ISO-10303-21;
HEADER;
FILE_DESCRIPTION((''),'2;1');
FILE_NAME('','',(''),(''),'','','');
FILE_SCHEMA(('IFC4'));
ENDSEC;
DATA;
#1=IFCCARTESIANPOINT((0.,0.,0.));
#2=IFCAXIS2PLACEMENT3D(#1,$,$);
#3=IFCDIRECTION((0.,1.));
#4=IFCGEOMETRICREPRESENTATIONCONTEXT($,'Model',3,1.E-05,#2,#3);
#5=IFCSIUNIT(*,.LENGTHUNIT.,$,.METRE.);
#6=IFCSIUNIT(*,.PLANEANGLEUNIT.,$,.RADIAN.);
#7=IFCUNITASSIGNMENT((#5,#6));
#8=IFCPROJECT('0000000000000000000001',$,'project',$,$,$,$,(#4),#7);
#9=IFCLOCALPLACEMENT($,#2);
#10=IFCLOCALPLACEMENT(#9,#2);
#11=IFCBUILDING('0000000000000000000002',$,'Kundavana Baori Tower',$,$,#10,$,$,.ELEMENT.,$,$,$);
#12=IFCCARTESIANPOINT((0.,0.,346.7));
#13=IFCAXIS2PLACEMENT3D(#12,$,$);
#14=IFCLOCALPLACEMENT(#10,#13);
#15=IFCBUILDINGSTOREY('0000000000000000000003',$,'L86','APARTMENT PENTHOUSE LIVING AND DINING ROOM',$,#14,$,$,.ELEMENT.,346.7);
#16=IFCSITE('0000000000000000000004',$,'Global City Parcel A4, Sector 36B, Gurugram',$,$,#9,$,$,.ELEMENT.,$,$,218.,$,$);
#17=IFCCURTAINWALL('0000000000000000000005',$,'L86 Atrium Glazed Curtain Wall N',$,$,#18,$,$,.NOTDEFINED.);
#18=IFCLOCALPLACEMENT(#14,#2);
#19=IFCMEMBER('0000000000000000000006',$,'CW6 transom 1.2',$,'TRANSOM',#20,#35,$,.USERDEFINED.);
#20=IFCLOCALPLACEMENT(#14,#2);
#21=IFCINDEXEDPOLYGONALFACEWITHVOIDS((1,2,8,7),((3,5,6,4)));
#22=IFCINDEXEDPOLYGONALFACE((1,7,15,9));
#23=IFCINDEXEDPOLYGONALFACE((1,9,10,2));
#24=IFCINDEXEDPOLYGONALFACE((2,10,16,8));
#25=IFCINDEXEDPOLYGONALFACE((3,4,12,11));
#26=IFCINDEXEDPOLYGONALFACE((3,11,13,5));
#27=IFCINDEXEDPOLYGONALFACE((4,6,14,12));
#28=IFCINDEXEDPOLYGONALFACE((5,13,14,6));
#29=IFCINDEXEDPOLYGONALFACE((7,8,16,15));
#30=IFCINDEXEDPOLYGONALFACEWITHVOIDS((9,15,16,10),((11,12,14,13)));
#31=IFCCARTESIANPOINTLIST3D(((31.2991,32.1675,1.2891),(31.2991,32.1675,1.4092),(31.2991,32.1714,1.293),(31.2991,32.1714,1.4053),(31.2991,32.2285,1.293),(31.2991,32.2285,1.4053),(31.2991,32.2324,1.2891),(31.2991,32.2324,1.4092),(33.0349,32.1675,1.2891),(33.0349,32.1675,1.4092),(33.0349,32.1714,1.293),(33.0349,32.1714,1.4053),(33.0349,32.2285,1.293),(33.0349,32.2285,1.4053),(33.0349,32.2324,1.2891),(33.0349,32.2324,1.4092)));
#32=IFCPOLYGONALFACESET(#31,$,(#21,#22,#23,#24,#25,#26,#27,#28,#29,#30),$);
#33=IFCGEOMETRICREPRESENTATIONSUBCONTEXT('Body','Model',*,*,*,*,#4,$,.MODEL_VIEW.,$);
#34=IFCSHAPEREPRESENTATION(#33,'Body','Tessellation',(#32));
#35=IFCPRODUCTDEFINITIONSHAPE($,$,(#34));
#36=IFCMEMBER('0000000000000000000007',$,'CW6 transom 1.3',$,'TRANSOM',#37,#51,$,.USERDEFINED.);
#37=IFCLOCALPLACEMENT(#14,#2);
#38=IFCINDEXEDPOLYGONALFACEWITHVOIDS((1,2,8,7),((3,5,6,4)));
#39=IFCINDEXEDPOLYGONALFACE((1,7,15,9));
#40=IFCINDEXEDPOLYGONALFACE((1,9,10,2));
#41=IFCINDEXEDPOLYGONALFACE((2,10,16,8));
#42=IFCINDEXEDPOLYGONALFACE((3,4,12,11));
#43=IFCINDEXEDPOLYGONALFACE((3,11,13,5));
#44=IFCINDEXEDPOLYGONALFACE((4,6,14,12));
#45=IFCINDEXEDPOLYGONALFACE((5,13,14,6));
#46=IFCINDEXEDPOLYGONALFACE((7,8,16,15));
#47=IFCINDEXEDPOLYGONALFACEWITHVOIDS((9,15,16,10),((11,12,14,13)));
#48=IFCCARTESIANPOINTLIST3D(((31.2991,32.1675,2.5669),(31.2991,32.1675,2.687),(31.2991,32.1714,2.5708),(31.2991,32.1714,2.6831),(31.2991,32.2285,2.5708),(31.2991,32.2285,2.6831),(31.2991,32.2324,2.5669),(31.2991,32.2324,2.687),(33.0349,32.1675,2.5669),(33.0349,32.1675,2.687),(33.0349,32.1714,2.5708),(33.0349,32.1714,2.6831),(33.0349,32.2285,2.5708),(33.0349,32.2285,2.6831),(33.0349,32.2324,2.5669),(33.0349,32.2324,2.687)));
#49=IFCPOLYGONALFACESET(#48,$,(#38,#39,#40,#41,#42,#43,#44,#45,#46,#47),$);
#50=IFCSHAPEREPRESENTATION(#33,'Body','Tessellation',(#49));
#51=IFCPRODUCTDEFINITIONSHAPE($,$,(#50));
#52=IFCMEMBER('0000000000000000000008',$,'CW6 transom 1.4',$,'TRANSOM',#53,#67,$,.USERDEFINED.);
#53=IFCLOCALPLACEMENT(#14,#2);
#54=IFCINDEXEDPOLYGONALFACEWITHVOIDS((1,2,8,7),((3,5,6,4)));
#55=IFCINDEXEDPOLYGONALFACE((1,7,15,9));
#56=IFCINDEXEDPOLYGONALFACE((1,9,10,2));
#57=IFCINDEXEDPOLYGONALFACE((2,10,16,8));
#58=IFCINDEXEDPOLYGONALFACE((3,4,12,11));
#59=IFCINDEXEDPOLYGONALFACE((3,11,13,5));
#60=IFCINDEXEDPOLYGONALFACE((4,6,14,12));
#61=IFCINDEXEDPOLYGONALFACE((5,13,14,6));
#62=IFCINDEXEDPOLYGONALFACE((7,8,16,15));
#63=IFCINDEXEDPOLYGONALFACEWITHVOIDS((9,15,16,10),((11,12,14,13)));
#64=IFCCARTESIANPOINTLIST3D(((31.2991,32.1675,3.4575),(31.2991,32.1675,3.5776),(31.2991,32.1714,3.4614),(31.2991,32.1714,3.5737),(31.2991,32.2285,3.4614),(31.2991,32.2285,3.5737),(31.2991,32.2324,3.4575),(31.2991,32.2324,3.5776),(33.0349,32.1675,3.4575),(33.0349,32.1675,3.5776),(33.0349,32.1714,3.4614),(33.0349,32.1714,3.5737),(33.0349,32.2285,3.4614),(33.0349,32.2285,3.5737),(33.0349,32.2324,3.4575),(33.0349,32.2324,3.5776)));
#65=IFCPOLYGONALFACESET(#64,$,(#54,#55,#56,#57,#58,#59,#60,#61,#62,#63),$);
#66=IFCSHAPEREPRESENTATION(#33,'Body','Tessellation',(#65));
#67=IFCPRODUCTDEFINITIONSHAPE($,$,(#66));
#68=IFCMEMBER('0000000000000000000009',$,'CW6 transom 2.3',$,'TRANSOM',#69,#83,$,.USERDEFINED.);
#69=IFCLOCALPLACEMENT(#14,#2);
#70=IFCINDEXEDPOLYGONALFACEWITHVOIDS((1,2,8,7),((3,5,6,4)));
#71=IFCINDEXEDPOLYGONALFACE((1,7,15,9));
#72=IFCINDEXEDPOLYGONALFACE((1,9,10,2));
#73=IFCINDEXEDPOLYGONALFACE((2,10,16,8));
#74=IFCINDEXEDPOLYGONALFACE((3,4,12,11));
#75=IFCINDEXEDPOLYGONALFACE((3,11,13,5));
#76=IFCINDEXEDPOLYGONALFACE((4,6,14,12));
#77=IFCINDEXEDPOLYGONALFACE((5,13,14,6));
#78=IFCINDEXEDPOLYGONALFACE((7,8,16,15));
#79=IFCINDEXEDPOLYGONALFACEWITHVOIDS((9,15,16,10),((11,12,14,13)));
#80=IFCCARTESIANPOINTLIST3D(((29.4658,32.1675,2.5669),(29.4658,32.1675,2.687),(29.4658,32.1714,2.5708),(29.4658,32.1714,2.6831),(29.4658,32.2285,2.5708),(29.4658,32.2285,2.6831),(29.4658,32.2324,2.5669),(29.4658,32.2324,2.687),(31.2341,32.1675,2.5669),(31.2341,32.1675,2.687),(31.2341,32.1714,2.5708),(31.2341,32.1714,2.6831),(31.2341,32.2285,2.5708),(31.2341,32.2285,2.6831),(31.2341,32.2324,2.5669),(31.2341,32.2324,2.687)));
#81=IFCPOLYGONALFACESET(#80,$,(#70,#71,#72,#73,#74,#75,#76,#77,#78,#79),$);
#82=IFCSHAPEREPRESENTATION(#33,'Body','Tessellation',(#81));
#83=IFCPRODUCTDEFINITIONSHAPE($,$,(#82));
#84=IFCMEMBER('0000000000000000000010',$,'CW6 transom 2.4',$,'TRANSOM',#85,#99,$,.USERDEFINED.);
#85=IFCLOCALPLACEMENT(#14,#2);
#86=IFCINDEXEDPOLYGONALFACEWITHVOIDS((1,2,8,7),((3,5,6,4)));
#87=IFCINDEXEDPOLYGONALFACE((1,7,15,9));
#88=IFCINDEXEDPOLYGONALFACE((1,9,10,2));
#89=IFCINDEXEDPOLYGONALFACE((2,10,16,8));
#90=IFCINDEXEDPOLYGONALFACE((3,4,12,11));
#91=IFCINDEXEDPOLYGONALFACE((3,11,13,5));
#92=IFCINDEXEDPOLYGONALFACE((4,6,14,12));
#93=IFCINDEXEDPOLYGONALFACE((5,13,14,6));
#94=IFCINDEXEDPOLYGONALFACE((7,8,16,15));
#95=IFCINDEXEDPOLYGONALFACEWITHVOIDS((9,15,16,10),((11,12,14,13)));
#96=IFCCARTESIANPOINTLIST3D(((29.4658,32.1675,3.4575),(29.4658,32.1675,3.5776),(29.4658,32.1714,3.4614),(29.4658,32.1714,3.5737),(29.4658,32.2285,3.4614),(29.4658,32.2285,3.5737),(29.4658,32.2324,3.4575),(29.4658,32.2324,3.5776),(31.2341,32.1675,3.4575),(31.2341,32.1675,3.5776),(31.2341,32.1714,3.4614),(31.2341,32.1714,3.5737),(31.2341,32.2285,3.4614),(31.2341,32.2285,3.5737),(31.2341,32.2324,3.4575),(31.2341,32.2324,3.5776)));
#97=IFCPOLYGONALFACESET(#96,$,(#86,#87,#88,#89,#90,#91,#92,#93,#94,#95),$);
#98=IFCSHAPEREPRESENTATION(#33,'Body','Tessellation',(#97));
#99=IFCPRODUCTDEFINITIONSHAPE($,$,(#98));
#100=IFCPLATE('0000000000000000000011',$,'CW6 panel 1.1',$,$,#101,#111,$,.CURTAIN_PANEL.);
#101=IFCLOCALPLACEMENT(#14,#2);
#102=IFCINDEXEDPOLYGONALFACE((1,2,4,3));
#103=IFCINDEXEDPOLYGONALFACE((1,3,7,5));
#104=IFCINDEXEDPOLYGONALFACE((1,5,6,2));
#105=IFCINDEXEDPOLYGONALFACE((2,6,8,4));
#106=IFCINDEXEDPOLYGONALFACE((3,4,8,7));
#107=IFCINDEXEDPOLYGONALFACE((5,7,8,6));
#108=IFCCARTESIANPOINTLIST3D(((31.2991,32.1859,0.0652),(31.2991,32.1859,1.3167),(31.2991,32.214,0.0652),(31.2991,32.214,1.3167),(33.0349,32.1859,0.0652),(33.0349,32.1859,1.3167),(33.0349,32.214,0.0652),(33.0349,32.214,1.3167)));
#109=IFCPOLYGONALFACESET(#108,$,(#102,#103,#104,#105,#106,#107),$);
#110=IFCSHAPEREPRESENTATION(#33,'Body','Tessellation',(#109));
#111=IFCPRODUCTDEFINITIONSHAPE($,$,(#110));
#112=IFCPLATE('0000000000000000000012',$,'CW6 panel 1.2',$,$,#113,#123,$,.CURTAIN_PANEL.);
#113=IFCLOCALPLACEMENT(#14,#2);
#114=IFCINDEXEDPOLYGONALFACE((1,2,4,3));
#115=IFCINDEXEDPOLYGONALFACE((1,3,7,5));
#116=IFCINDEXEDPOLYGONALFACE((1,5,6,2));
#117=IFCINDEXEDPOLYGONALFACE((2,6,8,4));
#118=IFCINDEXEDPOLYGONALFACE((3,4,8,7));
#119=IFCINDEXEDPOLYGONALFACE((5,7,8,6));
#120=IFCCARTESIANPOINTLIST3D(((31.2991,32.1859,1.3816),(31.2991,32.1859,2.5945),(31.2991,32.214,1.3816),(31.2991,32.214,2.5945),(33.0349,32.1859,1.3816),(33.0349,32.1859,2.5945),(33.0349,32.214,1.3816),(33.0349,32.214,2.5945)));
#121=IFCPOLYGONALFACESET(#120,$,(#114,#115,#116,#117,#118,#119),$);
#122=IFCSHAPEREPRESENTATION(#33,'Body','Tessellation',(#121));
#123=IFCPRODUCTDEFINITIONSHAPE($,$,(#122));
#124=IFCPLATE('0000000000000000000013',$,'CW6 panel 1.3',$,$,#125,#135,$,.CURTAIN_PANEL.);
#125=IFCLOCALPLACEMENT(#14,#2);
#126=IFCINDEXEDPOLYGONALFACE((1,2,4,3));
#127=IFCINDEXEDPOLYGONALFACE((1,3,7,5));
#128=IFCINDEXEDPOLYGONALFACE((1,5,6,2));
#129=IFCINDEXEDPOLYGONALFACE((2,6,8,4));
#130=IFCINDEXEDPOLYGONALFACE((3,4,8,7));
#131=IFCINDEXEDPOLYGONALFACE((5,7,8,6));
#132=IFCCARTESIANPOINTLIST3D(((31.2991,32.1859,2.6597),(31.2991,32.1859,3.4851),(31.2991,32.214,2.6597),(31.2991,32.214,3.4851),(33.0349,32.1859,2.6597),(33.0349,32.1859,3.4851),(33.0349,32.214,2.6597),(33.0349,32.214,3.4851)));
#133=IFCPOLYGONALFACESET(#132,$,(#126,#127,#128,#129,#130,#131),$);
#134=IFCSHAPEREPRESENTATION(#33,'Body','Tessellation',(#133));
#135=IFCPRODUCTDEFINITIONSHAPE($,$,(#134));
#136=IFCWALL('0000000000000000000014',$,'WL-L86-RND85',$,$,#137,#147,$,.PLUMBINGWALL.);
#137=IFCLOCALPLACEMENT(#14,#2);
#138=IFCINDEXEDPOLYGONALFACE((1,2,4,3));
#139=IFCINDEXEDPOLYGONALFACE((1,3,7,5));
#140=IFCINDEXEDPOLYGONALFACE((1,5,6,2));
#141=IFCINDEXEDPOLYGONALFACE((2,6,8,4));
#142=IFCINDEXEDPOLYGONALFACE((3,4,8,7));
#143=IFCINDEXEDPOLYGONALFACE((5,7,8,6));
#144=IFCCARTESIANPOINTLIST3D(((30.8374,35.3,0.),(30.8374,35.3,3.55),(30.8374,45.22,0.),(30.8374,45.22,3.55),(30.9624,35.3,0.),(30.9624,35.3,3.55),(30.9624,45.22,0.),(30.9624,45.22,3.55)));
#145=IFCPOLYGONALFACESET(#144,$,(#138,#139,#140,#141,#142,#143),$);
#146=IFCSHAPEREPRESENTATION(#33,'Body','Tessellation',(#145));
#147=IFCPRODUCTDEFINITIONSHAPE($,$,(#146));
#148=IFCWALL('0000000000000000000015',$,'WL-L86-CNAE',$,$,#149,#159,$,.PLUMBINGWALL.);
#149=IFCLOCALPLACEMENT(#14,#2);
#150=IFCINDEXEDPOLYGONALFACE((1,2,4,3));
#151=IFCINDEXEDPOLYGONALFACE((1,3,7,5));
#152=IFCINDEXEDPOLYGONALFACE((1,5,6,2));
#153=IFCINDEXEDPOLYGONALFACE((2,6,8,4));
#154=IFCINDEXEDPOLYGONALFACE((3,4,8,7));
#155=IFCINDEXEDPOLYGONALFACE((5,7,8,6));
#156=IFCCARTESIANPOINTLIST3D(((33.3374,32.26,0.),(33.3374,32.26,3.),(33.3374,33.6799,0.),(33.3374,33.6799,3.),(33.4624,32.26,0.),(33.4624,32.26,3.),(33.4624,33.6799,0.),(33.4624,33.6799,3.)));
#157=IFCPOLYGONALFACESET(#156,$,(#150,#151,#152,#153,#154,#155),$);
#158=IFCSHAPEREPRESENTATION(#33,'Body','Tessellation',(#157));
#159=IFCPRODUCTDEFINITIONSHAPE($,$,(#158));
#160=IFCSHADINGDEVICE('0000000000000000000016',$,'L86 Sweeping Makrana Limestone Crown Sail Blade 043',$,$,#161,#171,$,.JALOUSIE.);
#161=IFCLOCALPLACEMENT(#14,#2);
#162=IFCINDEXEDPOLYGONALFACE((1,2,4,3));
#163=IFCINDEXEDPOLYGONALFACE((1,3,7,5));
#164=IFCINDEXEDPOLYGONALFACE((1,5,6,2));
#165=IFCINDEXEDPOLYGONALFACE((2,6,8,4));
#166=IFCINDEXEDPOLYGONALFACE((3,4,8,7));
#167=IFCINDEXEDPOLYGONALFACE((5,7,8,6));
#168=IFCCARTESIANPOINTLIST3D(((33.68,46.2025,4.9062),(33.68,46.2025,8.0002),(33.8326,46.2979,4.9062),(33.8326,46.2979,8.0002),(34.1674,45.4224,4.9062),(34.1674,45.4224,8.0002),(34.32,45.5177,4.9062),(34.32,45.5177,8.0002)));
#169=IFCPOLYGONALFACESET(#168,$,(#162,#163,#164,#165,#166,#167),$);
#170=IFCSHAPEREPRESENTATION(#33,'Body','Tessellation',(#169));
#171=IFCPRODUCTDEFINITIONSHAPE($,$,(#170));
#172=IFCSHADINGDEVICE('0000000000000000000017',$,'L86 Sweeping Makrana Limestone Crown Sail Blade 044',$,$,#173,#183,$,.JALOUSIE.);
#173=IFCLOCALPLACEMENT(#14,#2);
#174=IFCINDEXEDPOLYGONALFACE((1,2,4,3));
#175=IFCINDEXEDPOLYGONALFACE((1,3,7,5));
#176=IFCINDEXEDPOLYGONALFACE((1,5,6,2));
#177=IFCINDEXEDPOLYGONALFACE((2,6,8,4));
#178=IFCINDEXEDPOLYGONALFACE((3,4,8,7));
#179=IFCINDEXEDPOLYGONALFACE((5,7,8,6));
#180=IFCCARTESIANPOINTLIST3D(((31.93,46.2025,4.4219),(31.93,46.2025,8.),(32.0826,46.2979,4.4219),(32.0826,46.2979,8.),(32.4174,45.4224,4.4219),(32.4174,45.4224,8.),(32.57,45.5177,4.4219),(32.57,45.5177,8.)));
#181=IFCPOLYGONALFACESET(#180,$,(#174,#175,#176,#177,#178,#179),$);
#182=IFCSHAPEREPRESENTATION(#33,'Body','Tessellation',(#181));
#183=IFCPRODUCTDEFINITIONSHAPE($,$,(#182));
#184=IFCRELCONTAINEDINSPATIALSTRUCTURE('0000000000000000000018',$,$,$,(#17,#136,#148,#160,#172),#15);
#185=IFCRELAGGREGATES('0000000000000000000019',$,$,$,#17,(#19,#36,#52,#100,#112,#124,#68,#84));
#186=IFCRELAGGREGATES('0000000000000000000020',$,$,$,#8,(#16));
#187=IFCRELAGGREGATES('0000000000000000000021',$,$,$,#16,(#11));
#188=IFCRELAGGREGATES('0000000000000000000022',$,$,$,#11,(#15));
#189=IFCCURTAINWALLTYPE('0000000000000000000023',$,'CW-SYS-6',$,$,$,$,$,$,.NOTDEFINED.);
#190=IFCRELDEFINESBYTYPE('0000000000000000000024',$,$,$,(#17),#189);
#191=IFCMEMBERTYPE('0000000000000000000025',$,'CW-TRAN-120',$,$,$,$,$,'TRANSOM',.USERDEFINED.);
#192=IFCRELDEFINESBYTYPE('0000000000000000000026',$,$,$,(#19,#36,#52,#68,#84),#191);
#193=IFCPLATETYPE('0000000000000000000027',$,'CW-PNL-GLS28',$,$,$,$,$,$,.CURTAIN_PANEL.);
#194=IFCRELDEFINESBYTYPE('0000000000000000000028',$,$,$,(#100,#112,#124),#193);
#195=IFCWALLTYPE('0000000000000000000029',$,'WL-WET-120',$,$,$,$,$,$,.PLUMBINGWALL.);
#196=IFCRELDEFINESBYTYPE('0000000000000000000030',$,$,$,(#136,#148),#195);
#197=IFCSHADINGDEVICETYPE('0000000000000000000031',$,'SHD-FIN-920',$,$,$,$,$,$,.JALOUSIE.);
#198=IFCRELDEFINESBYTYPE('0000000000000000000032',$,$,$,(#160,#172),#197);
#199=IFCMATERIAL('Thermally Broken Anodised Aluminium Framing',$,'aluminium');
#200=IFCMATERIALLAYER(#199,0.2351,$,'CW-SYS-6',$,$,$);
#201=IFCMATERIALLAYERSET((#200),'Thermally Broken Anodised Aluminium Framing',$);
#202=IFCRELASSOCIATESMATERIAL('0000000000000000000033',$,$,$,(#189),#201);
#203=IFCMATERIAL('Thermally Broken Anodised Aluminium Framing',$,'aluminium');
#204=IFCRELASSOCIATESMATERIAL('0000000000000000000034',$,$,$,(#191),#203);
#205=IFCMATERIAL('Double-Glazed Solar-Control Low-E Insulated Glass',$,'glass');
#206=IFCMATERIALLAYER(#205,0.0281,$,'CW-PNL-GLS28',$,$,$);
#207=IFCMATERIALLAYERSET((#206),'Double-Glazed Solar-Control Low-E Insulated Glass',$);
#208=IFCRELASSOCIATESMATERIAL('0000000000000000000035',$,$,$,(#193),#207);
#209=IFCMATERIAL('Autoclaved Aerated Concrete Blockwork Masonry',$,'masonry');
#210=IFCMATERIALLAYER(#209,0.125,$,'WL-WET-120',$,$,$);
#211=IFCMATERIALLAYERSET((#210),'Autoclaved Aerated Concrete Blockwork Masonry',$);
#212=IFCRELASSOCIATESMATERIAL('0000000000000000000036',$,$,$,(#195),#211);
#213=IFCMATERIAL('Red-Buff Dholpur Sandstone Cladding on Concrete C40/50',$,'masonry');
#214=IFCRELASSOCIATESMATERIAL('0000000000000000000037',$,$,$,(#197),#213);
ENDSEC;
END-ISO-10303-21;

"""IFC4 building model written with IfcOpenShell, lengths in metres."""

from ifc_helpers import new_model, si_unit, direction, frame, frame_2d, origin, origin_2d, place, context, subcontext, project, spatial, rectangle, hollow_rectangle, extrude, material, layer, layer_set, material_profile, profile_set, type_object, element, aggregate, save


model = new_model("IFC4")

# Units and contexts
model_context = context("Model", 3, precision=1e-05, world=origin(), true_north=direction((0.0, 1.0)))
body_context = subcontext(model_context, "Body", "Model", "MODEL_VIEW")
ifc_project = project(units=[si_unit("LENGTHUNIT", "METRE"), si_unit("PLANEANGLEUNIT", "RADIAN")], contexts=[model_context])

# Site, building, storey
site_placement = place(None, origin())
site = spatial("IfcSite", under=ifc_project, at=site_placement, Name="Global City Parcel A4, Sector 36B, Gurugram", CompositionType="ELEMENT", RefElevation=218.0)
building_placement = place(site_placement, origin())
building = spatial("IfcBuilding", under=site, at=building_placement, Name="Kundavana Baori Tower", CompositionType="ELEMENT")
storey_placement = place(building_placement, frame((0.0, 0.0, 346.7)))
storey = spatial("IfcBuildingStorey", under=building, at=storey_placement, Name="L86", Description="APARTMENT PENTHOUSE LIVING AND DINING ROOM", CompositionType="ELEMENT", Elevation=346.7)

# Curtain wall, members, plates
ifc_material_1 = material(Name="Thermally Broken Anodised Aluminium Framing", Category="aluminium")
ifc_layer_1 = layer(ifc_material_1, 0.2351, Name="CW-SYS-6")
ifc_layer_set_1 = layer_set([ifc_layer_1], Name="Thermally Broken Anodised Aluminium Framing")
curtain_wall_type = type_object("IfcCurtainWallType", Name="CW-SYS-6", PredefinedType="NOTDEFINED", material=ifc_layer_set_1)
curtain_wall_placement = place(storey_placement, origin())
curtain_wall = element("IfcCurtainWall", 1, at=curtain_wall_placement, inside=storey, type_object=curtain_wall_type, Name="L86 Atrium Glazed Curtain Wall N", PredefinedType="NOTDEFINED")
ifc_material_2 = material(Name="Thermally Broken Anodised Aluminium Framing", Category="aluminium")
ifc_material_profile_1 = material_profile(ifc_material_2, hollow_rectangle(XDim=0.0649, YDim=0.1201, WallThickness=0.0039, at=origin_2d()), Name="CW-TRAN-120")
ifc_profile_set_1 = profile_set([ifc_material_profile_1], Name="Thermally Broken Anodised Aluminium Framing")
member_type_1 = type_object("IfcMemberType", Name="CW-TRAN-120", ElementType="TRANSOM", PredefinedType="USERDEFINED", material=ifc_profile_set_1)
member_1_placement = place(storey_placement, frame((33.0349, 32.2, 1.3491), z_axis=(-1.0, 0.0, 0.0), x_axis=(0.0, -1.0, 0.0)))
member_1 = element("IfcMember", 2, at=member_1_placement, type_object=member_type_1, Name="CW6 transom 1.2", ObjectType="TRANSOM", PredefinedType="USERDEFINED", context=body_context, shape_type="SweptSolid", body=[
    extrude(hollow_rectangle(XDim=0.0649, YDim=0.1201, WallThickness=0.0039, at=origin_2d()), origin(), (0.0, 0.0, 1.0), 1.7358),
])
member_2_placement = place(storey_placement, frame((33.0349, 32.2, 2.627), z_axis=(-1.0, 0.0, 0.0), x_axis=(0.0, -1.0, 0.0)))
member_2 = element("IfcMember", 3, at=member_2_placement, type_object=member_type_1, Name="CW6 transom 1.3", ObjectType="TRANSOM", PredefinedType="USERDEFINED", context=body_context, shape_type="SweptSolid", body=[
    extrude(hollow_rectangle(XDim=0.0649, YDim=0.1201, WallThickness=0.0039, at=origin_2d()), origin(), (0.0, 0.0, 1.0), 1.7358),
])
member_3_placement = place(storey_placement, frame((33.0349, 32.2, 3.5176), z_axis=(-1.0, 0.0, 0.0), x_axis=(0.0, -1.0, 0.0)))
member_3 = element("IfcMember", 4, at=member_3_placement, type_object=member_type_1, Name="CW6 transom 1.4", ObjectType="TRANSOM", PredefinedType="USERDEFINED", context=body_context, shape_type="SweptSolid", body=[
    extrude(hollow_rectangle(XDim=0.0649, YDim=0.1201, WallThickness=0.0039, at=origin_2d()), origin(), (0.0, 0.0, 1.0), 1.7358),
])
member_4_placement = place(storey_placement, frame((31.2341, 32.2, 2.627), z_axis=(-1.0, 0.0, 0.0), x_axis=(0.0, -1.0, 0.0)))
member_4 = element("IfcMember", 5, at=member_4_placement, type_object=member_type_1, Name="CW6 transom 2.3", ObjectType="TRANSOM", PredefinedType="USERDEFINED", context=body_context, shape_type="SweptSolid", body=[
    extrude(hollow_rectangle(XDim=0.0649, YDim=0.1201, WallThickness=0.0039, at=origin_2d()), origin(), (0.0, 0.0, 1.0), 1.7683),
])
member_5_placement = place(storey_placement, frame((31.2341, 32.2, 3.5176), z_axis=(-1.0, 0.0, 0.0), x_axis=(0.0, -1.0, 0.0)))
member_5 = element("IfcMember", 6, at=member_5_placement, type_object=member_type_1, Name="CW6 transom 2.4", ObjectType="TRANSOM", PredefinedType="USERDEFINED", context=body_context, shape_type="SweptSolid", body=[
    extrude(hollow_rectangle(XDim=0.0649, YDim=0.1201, WallThickness=0.0039, at=origin_2d()), origin(), (0.0, 0.0, 1.0), 1.7683),
])
ifc_material_3 = material(Name="Double-Glazed Solar-Control Low-E Insulated Glass", Category="glass")
ifc_layer_2 = layer(ifc_material_3, 0.0281, Name="CW-PNL-GLS28")
ifc_layer_set_2 = layer_set([ifc_layer_2], Name="Double-Glazed Solar-Control Low-E Insulated Glass")
plate_type = type_object("IfcPlateType", Name="CW-PNL-GLS28", PredefinedType="CURTAIN_PANEL", material=ifc_layer_set_2)
plate_1_placement = place(storey_placement, frame((32.167, 32.2, 0.0652), z_axis=(0.0, 0.0, 1.0), x_axis=(-1.0, 0.0, 0.0)))
plate_1 = element("IfcPlate", 7, at=plate_1_placement, type_object=plate_type, Name="CW6 panel 1.1", PredefinedType="CURTAIN_PANEL", context=body_context, shape_type="SweptSolid", body=[
    extrude(rectangle(XDim=1.7358, YDim=0.0281, at=origin_2d()), origin(), (0.0, 0.0, 1.0), 1.2515),
])
plate_2_placement = place(storey_placement, frame((32.167, 32.2, 1.3816), z_axis=(0.0, 0.0, 1.0), x_axis=(-1.0, 0.0, 0.0)))
plate_2 = element("IfcPlate", 8, at=plate_2_placement, type_object=plate_type, Name="CW6 panel 1.2", PredefinedType="CURTAIN_PANEL", context=body_context, shape_type="SweptSolid", body=[
    extrude(rectangle(XDim=1.7358, YDim=0.0281, at=origin_2d()), origin(), (0.0, 0.0, 1.0), 1.2129),
])
plate_3_placement = place(storey_placement, frame((32.167, 32.2, 2.6597), z_axis=(0.0, 0.0, 1.0), x_axis=(-1.0, 0.0, 0.0)))
plate_3 = element("IfcPlate", 9, at=plate_3_placement, type_object=plate_type, Name="CW6 panel 1.3", PredefinedType="CURTAIN_PANEL", context=body_context, shape_type="SweptSolid", body=[
    extrude(rectangle(XDim=1.7358, YDim=0.0281, at=origin_2d()), origin(), (0.0, 0.0, 1.0), 0.8254),
])
aggregate(curtain_wall, [member_1, member_2, member_3, plate_1, plate_2, plate_3, member_4, member_5])

# Walls
ifc_material_4 = material(Name="Autoclaved Aerated Concrete Blockwork Masonry", Category="masonry")
ifc_layer_3 = layer(ifc_material_4, 0.125, Name="WL-WET-120")
ifc_layer_set_3 = layer_set([ifc_layer_3], Name="Autoclaved Aerated Concrete Blockwork Masonry")
wall_type = type_object("IfcWallType", Name="WL-WET-120", PredefinedType="PLUMBINGWALL", material=ifc_layer_set_3)
wall_1_placement = place(storey_placement, frame((30.8999, 35.3, 0.0), z_axis=(0.0, 0.0, 1.0), x_axis=(0.0, 1.0, 0.0)))
element("IfcWall", 10, at=wall_1_placement, inside=storey, type_object=wall_type, Name="WL-L86-RND85", PredefinedType="PLUMBINGWALL", context=body_context, shape_type="SweptSolid", body=[
    extrude(rectangle(XDim=9.9199, YDim=0.125, at=frame_2d((4.96, 0.0))), origin(), (0.0, 0.0, 1.0), 3.55),
])
wall_2_placement = place(storey_placement, frame((33.3999, 32.26, 0.0), z_axis=(0.0, 0.0, 1.0), x_axis=(0.0, 1.0, 0.0)))
element("IfcWall", 11, at=wall_2_placement, inside=storey, type_object=wall_type, Name="WL-L86-CNAE", PredefinedType="PLUMBINGWALL", context=body_context, shape_type="SweptSolid", body=[
    extrude(rectangle(XDim=1.4199, YDim=0.125, at=frame_2d((0.71, 0.0))), origin(), (0.0, 0.0, 1.0), 3.0),
])

# Shading devices
ifc_material_5 = material(Name="Red-Buff Dholpur Sandstone Cladding on Concrete C40/50", Category="masonry")
shading_device_type = type_object("IfcShadingDeviceType", Name="SHD-FIN-920", PredefinedType="JALOUSIE", material=ifc_material_5)
shading_device_1_placement = place(storey_placement, frame((34.0, 45.8601, 4.9062), z_axis=(0.0, 0.0, 1.0), x_axis=(0.848048, 0.529919, 0.0)))
element("IfcShadingDevice", 12, at=shading_device_1_placement, inside=storey, type_object=shading_device_type, Name="L86 Sweeping Makrana Limestone Crown Sail Blade 043", PredefinedType="JALOUSIE", context=body_context, shape_type="SweptSolid", body=[
    extrude(rectangle(XDim=0.1799, YDim=0.9199, at=origin_2d()), origin(), (0.0, 0.0, 1.0), 3.094),
])
shading_device_2_placement = place(storey_placement, frame((32.25, 45.8601, 4.4219), z_axis=(0.0, 0.0, 1.0), x_axis=(0.848048, 0.529919, 0.0)))
element("IfcShadingDevice", 13, at=shading_device_2_placement, inside=storey, type_object=shading_device_type, Name="L86 Sweeping Makrana Limestone Crown Sail Blade 044", PredefinedType="JALOUSIE", context=body_context, shape_type="SweptSolid", body=[
    extrude(rectangle(XDim=0.1799, YDim=0.9199, at=origin_2d()), origin(), (0.0, 0.0, 1.0), 3.5781),
])

save(model, "model.ifc")
